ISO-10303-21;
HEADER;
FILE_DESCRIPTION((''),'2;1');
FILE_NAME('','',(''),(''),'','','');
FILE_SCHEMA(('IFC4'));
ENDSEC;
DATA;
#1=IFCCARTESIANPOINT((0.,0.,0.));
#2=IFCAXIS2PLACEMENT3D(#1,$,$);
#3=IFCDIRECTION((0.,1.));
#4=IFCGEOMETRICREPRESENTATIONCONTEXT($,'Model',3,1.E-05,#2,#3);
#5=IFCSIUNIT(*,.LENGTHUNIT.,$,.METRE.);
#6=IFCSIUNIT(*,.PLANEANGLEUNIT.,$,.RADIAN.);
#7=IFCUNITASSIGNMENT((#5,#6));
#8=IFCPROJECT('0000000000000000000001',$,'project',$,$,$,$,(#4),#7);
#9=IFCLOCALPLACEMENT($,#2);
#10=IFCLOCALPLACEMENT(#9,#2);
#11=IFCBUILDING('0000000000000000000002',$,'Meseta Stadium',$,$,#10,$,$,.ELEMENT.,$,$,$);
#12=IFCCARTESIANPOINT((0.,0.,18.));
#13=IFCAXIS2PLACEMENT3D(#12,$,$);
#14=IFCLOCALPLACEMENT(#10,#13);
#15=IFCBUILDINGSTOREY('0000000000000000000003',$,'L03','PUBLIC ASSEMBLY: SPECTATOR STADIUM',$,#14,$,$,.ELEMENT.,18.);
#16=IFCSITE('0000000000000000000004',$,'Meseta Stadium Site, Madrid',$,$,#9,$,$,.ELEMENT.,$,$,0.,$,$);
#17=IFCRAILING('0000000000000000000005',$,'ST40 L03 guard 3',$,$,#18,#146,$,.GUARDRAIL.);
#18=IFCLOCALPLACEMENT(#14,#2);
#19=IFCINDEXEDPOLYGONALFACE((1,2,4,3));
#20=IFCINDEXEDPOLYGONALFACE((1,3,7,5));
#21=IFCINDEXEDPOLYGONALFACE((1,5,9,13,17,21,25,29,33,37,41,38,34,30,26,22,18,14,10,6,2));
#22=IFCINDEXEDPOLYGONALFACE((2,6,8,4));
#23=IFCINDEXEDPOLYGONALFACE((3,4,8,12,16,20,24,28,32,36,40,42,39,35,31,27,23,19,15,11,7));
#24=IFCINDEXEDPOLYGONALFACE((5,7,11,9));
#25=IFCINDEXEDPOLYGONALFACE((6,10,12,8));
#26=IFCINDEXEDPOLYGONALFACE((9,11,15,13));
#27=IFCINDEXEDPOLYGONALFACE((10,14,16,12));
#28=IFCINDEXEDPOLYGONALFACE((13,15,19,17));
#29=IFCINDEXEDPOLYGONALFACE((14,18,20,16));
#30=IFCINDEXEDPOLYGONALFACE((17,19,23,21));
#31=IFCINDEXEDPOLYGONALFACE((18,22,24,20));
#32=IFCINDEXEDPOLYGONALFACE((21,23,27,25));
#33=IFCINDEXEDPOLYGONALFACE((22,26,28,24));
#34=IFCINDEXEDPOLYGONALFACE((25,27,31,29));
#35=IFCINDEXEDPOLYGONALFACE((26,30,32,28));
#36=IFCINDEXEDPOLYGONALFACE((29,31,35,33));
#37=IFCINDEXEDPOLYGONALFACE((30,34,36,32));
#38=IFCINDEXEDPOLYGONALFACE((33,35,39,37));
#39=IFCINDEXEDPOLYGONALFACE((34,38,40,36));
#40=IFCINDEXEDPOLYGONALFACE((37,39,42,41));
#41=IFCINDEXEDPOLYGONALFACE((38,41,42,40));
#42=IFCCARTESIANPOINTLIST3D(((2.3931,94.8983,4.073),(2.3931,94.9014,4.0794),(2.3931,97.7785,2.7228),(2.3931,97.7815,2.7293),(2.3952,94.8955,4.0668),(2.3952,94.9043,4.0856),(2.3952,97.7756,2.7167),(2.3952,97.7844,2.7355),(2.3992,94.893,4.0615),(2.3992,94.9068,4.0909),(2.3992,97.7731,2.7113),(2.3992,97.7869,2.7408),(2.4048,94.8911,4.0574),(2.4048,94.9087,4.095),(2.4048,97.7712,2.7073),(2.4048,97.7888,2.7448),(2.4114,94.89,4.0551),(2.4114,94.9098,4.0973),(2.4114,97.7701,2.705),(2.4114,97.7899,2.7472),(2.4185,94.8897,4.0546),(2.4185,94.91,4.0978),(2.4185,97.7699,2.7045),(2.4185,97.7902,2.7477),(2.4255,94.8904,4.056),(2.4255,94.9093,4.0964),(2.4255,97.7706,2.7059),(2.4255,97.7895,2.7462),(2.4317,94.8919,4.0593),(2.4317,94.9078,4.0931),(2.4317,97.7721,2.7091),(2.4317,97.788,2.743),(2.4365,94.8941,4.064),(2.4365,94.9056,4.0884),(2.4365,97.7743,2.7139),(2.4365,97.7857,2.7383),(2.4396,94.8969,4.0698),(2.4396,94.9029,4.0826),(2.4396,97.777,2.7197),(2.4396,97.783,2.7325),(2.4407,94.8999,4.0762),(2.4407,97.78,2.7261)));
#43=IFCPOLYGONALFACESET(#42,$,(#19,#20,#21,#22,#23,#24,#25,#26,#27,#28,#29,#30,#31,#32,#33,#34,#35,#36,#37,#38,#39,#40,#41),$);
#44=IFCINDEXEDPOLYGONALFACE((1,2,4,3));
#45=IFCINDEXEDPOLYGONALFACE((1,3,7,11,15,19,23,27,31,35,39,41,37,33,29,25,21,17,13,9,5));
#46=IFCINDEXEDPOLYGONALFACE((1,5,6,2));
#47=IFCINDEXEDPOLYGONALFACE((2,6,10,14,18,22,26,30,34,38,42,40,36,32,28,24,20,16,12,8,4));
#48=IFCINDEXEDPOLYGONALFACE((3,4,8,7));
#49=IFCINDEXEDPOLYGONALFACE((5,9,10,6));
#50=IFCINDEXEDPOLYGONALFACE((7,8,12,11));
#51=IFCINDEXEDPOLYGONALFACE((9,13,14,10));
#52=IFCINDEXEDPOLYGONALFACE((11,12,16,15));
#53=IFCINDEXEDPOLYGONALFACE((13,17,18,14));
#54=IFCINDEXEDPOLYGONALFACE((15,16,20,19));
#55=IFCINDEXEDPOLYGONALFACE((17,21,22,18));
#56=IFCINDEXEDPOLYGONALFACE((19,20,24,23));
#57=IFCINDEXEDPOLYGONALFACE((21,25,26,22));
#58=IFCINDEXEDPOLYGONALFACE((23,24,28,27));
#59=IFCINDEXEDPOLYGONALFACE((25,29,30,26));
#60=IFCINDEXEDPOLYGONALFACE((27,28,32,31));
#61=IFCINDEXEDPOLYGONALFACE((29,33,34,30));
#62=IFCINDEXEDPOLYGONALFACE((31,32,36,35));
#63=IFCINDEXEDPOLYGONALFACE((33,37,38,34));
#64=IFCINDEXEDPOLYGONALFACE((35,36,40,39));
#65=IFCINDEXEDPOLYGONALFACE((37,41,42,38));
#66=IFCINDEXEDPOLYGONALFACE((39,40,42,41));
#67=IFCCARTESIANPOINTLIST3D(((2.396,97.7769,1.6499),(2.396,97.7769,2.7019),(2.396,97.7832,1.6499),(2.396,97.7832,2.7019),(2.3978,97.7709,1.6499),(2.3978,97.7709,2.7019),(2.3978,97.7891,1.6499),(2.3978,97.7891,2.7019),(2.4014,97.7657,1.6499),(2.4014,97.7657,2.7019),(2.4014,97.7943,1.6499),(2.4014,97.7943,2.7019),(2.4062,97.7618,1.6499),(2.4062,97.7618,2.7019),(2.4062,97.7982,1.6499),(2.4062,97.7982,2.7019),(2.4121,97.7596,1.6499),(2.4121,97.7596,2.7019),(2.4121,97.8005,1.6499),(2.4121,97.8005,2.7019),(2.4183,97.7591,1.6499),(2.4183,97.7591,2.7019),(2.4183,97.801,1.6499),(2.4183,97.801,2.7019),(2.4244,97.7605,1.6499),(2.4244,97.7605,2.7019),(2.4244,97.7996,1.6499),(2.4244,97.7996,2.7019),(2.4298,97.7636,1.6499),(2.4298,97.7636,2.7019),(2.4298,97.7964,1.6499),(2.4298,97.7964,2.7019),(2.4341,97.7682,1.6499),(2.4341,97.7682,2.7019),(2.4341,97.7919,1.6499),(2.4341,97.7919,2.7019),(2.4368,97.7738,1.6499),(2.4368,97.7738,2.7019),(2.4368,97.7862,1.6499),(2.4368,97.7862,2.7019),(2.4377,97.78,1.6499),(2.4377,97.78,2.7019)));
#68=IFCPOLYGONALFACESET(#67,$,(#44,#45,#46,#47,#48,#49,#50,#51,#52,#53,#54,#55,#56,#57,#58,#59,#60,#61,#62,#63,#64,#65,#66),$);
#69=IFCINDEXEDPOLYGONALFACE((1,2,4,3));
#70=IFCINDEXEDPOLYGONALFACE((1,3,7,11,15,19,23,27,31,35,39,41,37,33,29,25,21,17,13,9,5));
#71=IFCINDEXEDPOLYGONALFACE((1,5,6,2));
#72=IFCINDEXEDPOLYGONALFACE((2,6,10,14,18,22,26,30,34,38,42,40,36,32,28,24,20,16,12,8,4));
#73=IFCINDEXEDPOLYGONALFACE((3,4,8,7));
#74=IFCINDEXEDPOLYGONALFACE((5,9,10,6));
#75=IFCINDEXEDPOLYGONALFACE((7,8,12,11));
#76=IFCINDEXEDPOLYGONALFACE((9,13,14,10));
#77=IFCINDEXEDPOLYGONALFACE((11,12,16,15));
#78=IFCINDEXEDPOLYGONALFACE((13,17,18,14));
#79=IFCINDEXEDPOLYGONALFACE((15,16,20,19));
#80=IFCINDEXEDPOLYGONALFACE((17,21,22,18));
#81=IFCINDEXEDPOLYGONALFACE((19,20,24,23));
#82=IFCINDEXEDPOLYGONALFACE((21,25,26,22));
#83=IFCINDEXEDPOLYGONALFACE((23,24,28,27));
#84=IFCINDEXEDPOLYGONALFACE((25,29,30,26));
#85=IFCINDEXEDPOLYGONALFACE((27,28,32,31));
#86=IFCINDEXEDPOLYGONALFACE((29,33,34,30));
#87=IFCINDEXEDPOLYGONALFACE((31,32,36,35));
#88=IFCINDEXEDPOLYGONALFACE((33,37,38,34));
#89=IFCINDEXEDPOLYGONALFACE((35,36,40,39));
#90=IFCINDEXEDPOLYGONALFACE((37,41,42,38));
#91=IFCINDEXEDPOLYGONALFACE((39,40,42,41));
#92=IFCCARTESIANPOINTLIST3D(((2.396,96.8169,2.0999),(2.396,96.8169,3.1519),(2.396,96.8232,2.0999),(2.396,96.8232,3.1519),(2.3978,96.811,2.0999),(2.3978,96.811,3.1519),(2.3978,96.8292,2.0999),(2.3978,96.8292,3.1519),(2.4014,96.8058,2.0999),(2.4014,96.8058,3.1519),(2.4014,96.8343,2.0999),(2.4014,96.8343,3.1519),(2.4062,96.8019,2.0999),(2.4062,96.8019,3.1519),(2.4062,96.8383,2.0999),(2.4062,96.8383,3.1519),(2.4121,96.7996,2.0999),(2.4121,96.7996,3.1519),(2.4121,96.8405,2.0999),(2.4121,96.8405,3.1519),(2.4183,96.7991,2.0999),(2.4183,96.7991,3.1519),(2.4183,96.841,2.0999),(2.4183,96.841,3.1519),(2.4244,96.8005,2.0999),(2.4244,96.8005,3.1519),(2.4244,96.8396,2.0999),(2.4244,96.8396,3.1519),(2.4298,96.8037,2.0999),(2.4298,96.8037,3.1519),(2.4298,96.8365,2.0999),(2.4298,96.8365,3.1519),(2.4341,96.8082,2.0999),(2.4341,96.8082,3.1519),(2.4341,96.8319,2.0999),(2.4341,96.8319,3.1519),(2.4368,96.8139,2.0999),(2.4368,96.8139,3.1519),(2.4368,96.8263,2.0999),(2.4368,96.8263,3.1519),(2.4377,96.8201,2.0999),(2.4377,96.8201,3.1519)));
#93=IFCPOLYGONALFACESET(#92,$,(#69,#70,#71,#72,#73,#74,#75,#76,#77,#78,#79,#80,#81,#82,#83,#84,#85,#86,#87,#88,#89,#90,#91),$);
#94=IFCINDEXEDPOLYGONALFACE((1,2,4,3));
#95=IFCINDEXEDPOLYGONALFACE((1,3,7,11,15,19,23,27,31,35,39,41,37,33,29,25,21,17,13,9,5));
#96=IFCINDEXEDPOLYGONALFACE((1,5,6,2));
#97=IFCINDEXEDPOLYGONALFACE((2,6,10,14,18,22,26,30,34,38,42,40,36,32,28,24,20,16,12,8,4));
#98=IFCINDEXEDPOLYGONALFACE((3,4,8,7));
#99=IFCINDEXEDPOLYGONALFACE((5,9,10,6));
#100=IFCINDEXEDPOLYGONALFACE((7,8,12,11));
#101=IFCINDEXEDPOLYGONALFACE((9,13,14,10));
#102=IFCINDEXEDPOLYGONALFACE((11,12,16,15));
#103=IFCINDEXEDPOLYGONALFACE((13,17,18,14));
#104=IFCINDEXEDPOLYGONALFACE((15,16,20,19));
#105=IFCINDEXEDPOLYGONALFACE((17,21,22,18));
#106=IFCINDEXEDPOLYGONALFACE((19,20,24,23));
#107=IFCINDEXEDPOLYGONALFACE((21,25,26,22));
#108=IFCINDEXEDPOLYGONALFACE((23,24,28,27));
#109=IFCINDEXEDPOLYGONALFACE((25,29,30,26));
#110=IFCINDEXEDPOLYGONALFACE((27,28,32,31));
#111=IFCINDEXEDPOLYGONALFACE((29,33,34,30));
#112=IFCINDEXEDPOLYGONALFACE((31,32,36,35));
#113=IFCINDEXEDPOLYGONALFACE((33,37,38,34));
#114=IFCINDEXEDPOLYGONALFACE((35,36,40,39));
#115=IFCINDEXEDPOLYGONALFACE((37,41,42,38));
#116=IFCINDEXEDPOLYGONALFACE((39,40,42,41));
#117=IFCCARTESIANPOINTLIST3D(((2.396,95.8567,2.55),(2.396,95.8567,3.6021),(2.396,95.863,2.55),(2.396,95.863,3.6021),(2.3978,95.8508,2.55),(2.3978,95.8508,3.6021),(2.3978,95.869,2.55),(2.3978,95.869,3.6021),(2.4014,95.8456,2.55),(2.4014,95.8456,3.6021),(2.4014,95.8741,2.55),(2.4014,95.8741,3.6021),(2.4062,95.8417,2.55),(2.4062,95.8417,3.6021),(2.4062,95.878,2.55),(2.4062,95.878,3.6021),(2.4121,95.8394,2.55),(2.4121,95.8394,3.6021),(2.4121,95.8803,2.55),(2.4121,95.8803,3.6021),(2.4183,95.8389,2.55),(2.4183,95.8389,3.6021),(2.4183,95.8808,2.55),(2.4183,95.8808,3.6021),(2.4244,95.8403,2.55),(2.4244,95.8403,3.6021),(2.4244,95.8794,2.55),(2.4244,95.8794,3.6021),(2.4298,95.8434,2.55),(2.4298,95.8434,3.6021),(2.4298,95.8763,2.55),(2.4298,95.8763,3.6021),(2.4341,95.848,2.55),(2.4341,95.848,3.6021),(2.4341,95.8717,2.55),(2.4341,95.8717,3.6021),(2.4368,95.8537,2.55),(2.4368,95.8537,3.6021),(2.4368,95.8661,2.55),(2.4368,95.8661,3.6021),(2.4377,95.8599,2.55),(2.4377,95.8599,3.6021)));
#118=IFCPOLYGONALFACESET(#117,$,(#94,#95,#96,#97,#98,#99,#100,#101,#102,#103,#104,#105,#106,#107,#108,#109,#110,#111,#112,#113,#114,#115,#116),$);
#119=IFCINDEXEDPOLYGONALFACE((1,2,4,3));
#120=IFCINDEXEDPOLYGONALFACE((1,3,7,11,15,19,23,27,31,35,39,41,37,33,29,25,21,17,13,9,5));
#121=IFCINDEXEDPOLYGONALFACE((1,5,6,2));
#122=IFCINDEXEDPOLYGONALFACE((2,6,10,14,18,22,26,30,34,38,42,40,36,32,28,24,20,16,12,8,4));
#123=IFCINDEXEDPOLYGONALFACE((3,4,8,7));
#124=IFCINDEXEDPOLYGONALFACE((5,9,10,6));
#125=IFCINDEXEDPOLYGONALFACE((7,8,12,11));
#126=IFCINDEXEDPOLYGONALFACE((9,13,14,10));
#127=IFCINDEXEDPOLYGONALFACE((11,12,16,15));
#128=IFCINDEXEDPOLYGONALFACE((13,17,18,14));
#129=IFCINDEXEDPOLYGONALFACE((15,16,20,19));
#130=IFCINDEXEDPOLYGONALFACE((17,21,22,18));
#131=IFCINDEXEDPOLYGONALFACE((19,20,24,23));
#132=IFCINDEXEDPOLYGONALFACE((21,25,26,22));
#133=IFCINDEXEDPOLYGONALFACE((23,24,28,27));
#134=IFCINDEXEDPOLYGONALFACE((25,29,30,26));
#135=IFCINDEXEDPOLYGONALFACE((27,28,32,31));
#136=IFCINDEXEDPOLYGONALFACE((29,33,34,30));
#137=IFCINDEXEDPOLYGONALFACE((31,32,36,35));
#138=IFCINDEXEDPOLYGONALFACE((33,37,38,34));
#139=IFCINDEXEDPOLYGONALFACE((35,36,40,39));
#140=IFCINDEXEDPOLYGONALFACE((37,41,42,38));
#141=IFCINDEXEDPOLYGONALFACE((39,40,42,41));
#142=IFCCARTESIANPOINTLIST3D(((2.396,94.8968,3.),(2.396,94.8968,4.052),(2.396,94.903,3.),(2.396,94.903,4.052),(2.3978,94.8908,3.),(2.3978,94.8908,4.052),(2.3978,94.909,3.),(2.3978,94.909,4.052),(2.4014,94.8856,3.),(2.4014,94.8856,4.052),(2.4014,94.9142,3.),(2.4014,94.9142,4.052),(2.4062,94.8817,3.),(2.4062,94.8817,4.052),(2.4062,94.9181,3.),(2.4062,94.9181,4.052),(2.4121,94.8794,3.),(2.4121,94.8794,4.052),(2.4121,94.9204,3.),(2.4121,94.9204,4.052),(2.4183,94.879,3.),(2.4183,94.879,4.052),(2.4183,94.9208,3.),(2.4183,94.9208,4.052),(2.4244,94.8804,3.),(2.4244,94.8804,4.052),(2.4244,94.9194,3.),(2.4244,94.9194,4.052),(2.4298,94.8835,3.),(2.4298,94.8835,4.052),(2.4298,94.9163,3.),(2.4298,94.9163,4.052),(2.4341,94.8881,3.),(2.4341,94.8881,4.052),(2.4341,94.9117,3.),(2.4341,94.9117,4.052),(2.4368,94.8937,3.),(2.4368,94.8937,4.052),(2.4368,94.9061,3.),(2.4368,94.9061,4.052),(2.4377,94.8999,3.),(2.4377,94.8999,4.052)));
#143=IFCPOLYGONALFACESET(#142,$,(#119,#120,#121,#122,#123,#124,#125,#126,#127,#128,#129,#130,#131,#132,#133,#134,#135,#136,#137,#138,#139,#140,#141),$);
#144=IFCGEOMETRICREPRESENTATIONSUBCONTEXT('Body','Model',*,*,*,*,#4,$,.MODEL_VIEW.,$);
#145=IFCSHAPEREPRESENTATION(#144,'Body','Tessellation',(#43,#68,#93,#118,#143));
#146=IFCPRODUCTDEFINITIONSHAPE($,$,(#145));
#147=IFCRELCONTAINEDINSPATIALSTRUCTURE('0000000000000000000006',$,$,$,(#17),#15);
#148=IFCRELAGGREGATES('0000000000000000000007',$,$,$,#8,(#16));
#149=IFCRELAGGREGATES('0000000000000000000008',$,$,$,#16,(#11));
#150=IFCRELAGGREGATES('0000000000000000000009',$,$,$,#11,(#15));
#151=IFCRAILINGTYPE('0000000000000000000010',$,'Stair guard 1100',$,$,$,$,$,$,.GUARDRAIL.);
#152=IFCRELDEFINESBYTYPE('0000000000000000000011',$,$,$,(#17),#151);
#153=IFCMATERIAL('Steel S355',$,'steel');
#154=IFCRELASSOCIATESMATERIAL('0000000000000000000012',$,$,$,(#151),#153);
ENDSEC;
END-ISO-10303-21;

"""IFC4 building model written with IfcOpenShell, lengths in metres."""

from ifc_helpers import new_model, si_unit, direction, frame, origin, origin_2d, place, context, subcontext, project, spatial, circle, extrude, material, type_object, element, save


model = new_model("IFC4")

# Units and contexts
model_context = context("Model", 3, precision=1e-05, world=origin(), true_north=direction((0.0, 1.0)))
body_context = subcontext(model_context, "Body", "Model", "MODEL_VIEW")
ifc_project = project(units=[si_unit("LENGTHUNIT", "METRE"), si_unit("PLANEANGLEUNIT", "RADIAN")], contexts=[model_context])

# Site, building, storey
site_placement = place(None, origin())
site = spatial("IfcSite", under=ifc_project, at=site_placement, Name="Meseta Stadium Site, Madrid", CompositionType="ELEMENT", RefElevation=0.0)
building_placement = place(site_placement, origin())
building = spatial("IfcBuilding", under=site, at=building_placement, Name="Meseta Stadium", CompositionType="ELEMENT")
storey_placement = place(building_placement, frame((0.0, 0.0, 18.0)))
storey = spatial("IfcBuildingStorey", under=building, at=storey_placement, Name="L03", Description="PUBLIC ASSEMBLY: SPECTATOR STADIUM", CompositionType="ELEMENT", Elevation=18.0)

# Railing
ifc_material_1 = material(Name="Steel S355", Category="steel")
railing_type_1 = type_object("IfcRailingType", Name="Stair guard 1100", PredefinedType="GUARDRAIL", material=ifc_material_1)
for number, where, name in (
    (1, (2.4167, 97.78, 1.6499), "ST40 L03 guard 3"),
):
    element("IfcRailing", number, at=place(storey_placement, frame(where)), inside=storey, type_object=railing_type_1, Name=name, PredefinedType="GUARDRAIL", context=body_context, shape_type="SweptSolid", body=[
        extrude(circle(Radius=0.0239, at=origin_2d()), frame((0.0, 0.0, 1.0762), z_axis=(0.0, -0.905454, 0.424444), x_axis=(1.0, 0.0, 0.0)), (0.0, 0.0, 1.0), 3.1809),
        extrude(circle(Radius=0.021, at=origin_2d()), origin(), (0.0, 0.0, 1.0), 1.052),
        extrude(circle(Radius=0.021, at=origin_2d()), frame((0.0, -0.96, 0.45)), (0.0, 0.0, 1.0), 1.052),
        extrude(circle(Radius=0.021, at=origin_2d()), frame((0.0, -1.9202, 0.9001)), (0.0, 0.0, 1.0), 1.052),
        extrude(circle(Radius=0.021, at=origin_2d()), frame((0.0, -2.8801, 1.3501)), (0.0, 0.0, 1.0), 1.052),
    ])

save(model, "model.ifc")
